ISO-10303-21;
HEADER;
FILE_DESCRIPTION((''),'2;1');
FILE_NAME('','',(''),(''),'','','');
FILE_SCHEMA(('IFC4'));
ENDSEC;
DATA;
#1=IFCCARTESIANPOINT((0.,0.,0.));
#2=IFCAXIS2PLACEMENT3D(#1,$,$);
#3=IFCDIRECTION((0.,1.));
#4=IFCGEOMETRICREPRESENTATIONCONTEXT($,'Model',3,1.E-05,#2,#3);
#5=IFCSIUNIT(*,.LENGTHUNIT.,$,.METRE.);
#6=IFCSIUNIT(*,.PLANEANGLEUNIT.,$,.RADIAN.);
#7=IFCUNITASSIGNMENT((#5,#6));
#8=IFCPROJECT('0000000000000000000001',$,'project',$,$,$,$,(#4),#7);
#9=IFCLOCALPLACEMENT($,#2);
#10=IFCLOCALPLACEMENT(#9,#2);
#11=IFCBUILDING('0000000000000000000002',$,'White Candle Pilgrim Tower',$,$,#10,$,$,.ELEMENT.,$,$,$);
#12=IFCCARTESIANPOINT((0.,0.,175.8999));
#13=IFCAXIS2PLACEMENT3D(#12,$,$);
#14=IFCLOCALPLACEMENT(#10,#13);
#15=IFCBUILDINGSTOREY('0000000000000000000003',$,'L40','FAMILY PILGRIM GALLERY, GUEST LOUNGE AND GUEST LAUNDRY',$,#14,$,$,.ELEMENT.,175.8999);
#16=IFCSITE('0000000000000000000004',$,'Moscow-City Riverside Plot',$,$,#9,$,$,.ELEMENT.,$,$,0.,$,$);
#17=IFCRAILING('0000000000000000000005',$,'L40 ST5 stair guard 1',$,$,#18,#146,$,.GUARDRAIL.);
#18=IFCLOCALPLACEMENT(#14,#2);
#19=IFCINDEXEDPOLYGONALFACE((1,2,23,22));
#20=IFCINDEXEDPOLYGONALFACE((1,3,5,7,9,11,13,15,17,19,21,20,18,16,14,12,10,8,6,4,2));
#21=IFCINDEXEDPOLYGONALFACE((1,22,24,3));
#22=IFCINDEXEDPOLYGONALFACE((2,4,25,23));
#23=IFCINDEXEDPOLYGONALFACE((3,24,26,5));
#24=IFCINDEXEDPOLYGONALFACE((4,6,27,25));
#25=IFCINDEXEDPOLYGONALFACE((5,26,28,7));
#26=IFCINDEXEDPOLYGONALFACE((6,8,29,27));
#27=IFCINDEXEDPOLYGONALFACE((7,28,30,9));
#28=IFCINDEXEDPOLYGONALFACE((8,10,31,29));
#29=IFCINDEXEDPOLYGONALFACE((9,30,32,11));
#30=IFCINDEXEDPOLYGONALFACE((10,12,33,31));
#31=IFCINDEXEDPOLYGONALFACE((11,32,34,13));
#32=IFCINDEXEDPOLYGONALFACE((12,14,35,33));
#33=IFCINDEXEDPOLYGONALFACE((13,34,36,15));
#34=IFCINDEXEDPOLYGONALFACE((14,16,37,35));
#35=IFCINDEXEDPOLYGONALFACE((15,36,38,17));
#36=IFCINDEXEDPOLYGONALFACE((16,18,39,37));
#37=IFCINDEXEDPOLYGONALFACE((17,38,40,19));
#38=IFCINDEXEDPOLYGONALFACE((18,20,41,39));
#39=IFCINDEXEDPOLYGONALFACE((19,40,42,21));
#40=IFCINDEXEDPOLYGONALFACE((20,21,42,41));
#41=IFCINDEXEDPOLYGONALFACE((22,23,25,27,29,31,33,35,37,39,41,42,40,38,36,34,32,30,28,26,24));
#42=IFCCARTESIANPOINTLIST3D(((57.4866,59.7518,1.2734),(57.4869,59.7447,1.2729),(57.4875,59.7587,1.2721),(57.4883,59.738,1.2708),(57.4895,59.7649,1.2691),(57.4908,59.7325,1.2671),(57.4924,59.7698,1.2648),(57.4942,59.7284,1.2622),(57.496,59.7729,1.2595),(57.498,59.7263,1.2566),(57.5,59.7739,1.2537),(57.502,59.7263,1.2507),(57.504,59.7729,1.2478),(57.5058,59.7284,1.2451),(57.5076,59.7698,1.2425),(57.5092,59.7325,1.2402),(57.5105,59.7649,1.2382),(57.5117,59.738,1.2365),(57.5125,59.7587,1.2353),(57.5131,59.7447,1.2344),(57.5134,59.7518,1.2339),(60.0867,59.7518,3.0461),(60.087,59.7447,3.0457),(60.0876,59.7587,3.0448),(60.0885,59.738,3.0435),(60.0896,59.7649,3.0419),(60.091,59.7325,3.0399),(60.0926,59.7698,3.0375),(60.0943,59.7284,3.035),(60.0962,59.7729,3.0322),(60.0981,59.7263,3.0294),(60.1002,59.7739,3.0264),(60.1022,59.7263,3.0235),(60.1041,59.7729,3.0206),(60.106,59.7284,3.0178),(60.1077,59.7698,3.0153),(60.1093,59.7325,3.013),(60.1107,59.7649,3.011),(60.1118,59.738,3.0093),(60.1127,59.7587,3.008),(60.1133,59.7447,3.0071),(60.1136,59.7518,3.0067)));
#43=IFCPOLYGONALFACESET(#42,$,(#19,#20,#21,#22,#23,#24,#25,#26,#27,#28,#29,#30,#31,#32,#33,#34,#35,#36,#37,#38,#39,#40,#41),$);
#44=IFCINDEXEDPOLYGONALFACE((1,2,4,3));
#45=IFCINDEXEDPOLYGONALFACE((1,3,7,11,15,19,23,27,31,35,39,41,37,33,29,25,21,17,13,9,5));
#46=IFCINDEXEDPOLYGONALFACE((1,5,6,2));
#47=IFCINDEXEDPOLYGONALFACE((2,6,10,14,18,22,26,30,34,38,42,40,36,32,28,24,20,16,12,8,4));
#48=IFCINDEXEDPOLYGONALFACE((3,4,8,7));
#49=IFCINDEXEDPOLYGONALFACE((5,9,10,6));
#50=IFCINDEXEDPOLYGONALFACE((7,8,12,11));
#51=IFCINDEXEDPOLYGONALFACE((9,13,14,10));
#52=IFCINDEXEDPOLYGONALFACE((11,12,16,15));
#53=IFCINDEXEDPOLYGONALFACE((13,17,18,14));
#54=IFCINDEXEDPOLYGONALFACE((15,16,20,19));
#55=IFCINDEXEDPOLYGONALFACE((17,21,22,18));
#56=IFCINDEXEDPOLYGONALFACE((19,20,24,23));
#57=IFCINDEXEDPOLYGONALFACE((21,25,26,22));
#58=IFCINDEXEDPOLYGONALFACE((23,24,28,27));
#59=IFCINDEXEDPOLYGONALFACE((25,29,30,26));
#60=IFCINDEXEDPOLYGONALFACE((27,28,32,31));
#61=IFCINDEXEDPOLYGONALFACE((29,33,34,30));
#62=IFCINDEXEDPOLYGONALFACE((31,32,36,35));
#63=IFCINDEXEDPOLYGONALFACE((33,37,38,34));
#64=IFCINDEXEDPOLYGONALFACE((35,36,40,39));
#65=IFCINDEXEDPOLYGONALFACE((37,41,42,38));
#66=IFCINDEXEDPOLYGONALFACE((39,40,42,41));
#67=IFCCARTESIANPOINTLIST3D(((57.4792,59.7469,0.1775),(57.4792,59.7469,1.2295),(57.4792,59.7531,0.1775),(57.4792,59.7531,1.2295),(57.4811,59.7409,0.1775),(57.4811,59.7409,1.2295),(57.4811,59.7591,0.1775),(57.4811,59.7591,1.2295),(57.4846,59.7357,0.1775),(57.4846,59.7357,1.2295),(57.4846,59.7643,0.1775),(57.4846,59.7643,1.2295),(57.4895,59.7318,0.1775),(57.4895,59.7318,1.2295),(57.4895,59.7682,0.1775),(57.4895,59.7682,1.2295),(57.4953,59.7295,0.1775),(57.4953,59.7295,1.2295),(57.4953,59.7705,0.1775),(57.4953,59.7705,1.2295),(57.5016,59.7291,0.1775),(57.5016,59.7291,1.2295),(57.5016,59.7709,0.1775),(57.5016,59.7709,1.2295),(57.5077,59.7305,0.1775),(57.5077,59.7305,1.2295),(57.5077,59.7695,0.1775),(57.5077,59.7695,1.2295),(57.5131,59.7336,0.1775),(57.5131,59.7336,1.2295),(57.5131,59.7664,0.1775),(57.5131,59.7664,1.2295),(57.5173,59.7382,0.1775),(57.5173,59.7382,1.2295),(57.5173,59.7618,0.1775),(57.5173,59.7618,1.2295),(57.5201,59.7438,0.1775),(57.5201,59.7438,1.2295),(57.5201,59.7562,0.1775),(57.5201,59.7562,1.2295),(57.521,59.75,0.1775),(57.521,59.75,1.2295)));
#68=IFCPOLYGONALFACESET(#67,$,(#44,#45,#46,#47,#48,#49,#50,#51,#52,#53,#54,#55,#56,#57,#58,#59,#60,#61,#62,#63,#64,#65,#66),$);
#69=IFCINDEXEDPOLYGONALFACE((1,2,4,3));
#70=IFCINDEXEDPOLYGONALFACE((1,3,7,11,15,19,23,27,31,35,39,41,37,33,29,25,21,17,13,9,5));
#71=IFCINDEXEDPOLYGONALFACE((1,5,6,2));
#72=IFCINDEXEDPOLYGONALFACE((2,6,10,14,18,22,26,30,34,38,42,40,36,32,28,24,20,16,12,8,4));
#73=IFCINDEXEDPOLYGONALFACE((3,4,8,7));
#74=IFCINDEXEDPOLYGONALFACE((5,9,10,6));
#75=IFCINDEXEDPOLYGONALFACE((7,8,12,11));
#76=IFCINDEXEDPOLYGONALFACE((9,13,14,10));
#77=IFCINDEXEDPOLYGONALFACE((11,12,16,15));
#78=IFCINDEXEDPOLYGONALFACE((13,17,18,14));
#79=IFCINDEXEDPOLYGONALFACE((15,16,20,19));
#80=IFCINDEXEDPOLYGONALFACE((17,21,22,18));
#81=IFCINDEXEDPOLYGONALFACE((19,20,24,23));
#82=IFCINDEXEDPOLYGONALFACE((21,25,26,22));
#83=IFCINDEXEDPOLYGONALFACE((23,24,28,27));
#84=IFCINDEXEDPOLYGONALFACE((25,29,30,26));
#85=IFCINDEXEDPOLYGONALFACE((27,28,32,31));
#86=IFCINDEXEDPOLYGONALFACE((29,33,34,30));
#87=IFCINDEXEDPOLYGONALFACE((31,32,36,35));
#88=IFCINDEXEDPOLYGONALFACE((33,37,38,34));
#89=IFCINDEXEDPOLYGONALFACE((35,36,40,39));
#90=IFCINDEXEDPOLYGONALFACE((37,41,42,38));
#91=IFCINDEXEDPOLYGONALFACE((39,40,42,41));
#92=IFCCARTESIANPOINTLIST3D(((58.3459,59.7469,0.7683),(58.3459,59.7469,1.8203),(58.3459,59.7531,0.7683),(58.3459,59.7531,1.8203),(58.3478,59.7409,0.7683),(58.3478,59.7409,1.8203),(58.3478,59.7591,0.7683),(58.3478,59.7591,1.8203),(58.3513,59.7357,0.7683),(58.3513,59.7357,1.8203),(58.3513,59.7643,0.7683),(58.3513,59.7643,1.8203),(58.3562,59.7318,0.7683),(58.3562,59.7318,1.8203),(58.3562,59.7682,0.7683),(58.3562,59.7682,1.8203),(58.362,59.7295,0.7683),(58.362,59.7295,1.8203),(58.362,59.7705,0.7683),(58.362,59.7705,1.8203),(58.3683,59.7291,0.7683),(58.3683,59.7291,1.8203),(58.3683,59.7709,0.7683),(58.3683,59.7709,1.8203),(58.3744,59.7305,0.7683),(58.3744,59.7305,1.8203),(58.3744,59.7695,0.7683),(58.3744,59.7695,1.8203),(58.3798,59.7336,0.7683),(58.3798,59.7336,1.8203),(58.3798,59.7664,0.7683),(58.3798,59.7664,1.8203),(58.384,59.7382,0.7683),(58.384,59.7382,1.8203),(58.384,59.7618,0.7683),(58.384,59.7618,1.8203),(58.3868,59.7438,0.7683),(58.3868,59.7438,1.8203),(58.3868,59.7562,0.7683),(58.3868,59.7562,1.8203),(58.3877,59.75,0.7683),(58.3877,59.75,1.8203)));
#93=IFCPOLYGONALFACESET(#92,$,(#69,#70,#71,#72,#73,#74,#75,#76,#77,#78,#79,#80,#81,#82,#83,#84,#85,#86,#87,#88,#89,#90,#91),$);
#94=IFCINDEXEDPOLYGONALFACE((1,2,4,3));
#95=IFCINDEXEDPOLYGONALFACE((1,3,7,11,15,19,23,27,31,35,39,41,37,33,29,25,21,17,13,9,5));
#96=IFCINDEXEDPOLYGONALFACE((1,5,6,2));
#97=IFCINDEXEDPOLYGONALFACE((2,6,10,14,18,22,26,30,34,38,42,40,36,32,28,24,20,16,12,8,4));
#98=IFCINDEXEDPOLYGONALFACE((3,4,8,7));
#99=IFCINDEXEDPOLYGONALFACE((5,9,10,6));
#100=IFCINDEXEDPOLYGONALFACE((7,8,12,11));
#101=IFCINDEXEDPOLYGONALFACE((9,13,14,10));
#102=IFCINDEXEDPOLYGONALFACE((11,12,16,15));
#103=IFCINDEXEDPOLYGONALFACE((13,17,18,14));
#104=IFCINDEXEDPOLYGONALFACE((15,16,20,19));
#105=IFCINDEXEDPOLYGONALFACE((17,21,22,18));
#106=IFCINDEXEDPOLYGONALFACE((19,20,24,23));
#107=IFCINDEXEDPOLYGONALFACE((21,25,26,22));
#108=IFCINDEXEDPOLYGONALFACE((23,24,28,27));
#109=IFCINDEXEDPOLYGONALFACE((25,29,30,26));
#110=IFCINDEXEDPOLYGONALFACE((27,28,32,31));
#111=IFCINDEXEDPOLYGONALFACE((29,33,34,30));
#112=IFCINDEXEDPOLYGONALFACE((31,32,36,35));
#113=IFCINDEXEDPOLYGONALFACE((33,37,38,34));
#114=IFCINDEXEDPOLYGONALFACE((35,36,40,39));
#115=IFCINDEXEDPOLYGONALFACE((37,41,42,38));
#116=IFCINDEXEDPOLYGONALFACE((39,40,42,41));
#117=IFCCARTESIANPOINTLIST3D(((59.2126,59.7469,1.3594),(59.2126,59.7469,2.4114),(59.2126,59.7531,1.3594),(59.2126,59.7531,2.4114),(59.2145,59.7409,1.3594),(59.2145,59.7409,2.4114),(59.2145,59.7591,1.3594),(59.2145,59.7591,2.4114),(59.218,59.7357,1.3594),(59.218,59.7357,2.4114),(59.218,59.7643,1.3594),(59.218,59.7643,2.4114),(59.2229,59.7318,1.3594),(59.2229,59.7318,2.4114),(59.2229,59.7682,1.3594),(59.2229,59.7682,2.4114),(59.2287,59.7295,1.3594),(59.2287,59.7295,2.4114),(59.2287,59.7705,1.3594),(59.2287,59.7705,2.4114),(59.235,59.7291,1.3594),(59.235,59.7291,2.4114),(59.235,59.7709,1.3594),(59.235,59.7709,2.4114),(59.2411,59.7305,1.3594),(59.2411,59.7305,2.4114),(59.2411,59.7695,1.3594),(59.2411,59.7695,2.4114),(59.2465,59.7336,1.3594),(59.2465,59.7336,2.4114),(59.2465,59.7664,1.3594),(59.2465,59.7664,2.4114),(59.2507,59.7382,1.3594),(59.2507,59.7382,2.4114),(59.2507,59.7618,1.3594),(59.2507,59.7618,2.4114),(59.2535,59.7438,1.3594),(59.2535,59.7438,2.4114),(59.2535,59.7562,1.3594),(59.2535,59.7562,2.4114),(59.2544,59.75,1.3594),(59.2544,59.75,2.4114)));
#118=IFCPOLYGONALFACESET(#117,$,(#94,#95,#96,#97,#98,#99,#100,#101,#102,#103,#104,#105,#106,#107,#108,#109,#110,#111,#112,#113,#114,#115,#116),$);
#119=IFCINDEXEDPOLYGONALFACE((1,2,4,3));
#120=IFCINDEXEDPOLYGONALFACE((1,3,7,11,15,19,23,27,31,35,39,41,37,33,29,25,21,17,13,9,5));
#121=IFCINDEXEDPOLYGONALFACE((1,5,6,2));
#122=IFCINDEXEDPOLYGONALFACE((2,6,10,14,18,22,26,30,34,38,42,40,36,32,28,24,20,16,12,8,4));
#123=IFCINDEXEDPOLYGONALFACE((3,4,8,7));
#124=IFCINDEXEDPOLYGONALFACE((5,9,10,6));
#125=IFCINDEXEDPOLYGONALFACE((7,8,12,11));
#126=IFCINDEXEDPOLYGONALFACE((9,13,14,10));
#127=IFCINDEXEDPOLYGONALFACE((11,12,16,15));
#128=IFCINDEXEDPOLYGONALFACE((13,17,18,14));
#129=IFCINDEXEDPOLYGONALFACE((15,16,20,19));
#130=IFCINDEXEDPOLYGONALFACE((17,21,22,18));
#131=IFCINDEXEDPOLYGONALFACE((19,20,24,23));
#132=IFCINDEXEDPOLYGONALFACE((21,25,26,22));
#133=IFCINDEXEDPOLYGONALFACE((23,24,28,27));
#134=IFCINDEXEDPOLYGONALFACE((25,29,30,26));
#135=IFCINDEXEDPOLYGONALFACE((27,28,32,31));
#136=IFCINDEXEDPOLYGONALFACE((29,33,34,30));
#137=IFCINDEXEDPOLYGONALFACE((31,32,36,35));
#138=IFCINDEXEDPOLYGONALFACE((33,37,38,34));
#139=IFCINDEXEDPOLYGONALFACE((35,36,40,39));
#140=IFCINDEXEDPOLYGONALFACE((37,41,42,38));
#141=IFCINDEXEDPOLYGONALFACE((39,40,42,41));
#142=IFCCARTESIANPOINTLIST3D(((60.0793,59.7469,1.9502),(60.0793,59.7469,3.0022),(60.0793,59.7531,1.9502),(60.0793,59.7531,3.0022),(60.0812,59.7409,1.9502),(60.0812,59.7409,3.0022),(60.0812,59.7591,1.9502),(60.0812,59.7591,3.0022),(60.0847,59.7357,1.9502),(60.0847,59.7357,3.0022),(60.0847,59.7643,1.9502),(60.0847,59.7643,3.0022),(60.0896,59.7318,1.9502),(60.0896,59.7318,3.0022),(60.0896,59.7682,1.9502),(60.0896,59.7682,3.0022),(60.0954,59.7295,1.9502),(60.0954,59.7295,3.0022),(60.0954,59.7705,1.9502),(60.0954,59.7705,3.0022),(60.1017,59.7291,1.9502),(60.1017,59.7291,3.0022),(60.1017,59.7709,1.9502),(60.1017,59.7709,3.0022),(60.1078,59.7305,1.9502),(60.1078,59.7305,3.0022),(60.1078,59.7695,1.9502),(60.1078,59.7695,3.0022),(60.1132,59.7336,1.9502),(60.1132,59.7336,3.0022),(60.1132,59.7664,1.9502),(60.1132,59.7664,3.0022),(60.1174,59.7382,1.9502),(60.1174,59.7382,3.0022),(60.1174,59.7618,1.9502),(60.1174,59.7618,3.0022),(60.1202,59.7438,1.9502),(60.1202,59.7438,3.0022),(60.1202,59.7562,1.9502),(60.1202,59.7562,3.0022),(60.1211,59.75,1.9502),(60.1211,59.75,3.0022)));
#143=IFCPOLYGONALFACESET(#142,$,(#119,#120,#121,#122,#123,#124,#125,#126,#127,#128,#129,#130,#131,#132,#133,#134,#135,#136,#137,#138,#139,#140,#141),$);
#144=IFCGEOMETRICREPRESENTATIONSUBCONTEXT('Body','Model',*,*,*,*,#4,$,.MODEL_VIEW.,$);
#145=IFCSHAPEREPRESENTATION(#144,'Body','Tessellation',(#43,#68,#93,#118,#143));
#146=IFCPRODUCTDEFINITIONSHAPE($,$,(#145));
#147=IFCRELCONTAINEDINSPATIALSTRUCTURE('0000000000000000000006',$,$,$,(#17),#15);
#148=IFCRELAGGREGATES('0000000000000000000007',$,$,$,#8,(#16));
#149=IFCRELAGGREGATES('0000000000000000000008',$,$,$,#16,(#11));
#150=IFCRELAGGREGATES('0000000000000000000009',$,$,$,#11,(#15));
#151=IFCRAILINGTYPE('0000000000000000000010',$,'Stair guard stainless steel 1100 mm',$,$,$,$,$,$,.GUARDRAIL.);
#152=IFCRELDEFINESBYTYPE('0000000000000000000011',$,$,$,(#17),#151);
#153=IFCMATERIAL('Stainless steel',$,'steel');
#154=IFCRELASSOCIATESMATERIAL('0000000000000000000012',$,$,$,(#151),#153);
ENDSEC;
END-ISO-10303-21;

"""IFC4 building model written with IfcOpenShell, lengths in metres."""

from ifc_helpers import new_model, si_unit, direction, frame, origin, origin_2d, place, context, subcontext, project, spatial, circle, extrude, material, type_object, element, save


model = new_model("IFC4")

# Units and contexts
model_context = context("Model", 3, precision=1e-05, world=origin(), true_north=direction((0.0, 1.0)))
body_context = subcontext(model_context, "Body", "Model", "MODEL_VIEW")
ifc_project = project(units=[si_unit("LENGTHUNIT", "METRE"), si_unit("PLANEANGLEUNIT", "RADIAN")], contexts=[model_context])

# Site, building, storey
site_placement = place(None, origin())
site = spatial("IfcSite", under=ifc_project, at=site_placement, Name="Moscow-City Riverside Plot", CompositionType="ELEMENT", RefElevation=0.0)
building_placement = place(site_placement, origin())
building = spatial("IfcBuilding", under=site, at=building_placement, Name="White Candle Pilgrim Tower", CompositionType="ELEMENT")
storey_placement = place(building_placement, frame((0.0, 0.0, 175.8999)))
storey = spatial("IfcBuildingStorey", under=building, at=storey_placement, Name="L40", Description="FAMILY PILGRIM GALLERY, GUEST LOUNGE AND GUEST LAUNDRY", CompositionType="ELEMENT", Elevation=175.8999)

# Railing
ifc_material_1 = material(Name="Stainless steel", Category="steel")
railing_type_1 = type_object("IfcRailingType", Name="Stair guard stainless steel 1100 mm", PredefinedType="GUARDRAIL", material=ifc_material_1)
railing_1_placement = place(storey_placement, frame((57.5, 59.75, 0.1775)))
element("IfcRailing", 1, at=railing_1_placement, inside=storey, type_object=railing_type_1, Name="L40 ST5 stair guard 1", PredefinedType="GUARDRAIL", context=body_context, shape_type="SweptSolid", body=[
    extrude(circle(Radius=0.0239, at=origin_2d()), frame((0.0, 0.0, 1.0762), z_axis=(0.82624, 0.0, 0.563318), x_axis=(0.0, 1.0, 0.0)), (0.0, 0.0, 1.0), 3.147),
    extrude(circle(Radius=0.021, at=origin_2d()), origin(), (0.0, 0.0, 1.0), 1.052),
    extrude(circle(Radius=0.021, at=origin_2d()), frame((0.8667, 0.0, 0.5908)), (0.0, 0.0, 1.0), 1.052),
    extrude(circle(Radius=0.021, at=origin_2d()), frame((1.7334, 0.0, 1.1819)), (0.0, 0.0, 1.0), 1.052),
    extrude(circle(Radius=0.021, at=origin_2d()), frame((2.6001, 0.0, 1.7727)), (0.0, 0.0, 1.0), 1.052),
])

save(model, "model.ifc")
